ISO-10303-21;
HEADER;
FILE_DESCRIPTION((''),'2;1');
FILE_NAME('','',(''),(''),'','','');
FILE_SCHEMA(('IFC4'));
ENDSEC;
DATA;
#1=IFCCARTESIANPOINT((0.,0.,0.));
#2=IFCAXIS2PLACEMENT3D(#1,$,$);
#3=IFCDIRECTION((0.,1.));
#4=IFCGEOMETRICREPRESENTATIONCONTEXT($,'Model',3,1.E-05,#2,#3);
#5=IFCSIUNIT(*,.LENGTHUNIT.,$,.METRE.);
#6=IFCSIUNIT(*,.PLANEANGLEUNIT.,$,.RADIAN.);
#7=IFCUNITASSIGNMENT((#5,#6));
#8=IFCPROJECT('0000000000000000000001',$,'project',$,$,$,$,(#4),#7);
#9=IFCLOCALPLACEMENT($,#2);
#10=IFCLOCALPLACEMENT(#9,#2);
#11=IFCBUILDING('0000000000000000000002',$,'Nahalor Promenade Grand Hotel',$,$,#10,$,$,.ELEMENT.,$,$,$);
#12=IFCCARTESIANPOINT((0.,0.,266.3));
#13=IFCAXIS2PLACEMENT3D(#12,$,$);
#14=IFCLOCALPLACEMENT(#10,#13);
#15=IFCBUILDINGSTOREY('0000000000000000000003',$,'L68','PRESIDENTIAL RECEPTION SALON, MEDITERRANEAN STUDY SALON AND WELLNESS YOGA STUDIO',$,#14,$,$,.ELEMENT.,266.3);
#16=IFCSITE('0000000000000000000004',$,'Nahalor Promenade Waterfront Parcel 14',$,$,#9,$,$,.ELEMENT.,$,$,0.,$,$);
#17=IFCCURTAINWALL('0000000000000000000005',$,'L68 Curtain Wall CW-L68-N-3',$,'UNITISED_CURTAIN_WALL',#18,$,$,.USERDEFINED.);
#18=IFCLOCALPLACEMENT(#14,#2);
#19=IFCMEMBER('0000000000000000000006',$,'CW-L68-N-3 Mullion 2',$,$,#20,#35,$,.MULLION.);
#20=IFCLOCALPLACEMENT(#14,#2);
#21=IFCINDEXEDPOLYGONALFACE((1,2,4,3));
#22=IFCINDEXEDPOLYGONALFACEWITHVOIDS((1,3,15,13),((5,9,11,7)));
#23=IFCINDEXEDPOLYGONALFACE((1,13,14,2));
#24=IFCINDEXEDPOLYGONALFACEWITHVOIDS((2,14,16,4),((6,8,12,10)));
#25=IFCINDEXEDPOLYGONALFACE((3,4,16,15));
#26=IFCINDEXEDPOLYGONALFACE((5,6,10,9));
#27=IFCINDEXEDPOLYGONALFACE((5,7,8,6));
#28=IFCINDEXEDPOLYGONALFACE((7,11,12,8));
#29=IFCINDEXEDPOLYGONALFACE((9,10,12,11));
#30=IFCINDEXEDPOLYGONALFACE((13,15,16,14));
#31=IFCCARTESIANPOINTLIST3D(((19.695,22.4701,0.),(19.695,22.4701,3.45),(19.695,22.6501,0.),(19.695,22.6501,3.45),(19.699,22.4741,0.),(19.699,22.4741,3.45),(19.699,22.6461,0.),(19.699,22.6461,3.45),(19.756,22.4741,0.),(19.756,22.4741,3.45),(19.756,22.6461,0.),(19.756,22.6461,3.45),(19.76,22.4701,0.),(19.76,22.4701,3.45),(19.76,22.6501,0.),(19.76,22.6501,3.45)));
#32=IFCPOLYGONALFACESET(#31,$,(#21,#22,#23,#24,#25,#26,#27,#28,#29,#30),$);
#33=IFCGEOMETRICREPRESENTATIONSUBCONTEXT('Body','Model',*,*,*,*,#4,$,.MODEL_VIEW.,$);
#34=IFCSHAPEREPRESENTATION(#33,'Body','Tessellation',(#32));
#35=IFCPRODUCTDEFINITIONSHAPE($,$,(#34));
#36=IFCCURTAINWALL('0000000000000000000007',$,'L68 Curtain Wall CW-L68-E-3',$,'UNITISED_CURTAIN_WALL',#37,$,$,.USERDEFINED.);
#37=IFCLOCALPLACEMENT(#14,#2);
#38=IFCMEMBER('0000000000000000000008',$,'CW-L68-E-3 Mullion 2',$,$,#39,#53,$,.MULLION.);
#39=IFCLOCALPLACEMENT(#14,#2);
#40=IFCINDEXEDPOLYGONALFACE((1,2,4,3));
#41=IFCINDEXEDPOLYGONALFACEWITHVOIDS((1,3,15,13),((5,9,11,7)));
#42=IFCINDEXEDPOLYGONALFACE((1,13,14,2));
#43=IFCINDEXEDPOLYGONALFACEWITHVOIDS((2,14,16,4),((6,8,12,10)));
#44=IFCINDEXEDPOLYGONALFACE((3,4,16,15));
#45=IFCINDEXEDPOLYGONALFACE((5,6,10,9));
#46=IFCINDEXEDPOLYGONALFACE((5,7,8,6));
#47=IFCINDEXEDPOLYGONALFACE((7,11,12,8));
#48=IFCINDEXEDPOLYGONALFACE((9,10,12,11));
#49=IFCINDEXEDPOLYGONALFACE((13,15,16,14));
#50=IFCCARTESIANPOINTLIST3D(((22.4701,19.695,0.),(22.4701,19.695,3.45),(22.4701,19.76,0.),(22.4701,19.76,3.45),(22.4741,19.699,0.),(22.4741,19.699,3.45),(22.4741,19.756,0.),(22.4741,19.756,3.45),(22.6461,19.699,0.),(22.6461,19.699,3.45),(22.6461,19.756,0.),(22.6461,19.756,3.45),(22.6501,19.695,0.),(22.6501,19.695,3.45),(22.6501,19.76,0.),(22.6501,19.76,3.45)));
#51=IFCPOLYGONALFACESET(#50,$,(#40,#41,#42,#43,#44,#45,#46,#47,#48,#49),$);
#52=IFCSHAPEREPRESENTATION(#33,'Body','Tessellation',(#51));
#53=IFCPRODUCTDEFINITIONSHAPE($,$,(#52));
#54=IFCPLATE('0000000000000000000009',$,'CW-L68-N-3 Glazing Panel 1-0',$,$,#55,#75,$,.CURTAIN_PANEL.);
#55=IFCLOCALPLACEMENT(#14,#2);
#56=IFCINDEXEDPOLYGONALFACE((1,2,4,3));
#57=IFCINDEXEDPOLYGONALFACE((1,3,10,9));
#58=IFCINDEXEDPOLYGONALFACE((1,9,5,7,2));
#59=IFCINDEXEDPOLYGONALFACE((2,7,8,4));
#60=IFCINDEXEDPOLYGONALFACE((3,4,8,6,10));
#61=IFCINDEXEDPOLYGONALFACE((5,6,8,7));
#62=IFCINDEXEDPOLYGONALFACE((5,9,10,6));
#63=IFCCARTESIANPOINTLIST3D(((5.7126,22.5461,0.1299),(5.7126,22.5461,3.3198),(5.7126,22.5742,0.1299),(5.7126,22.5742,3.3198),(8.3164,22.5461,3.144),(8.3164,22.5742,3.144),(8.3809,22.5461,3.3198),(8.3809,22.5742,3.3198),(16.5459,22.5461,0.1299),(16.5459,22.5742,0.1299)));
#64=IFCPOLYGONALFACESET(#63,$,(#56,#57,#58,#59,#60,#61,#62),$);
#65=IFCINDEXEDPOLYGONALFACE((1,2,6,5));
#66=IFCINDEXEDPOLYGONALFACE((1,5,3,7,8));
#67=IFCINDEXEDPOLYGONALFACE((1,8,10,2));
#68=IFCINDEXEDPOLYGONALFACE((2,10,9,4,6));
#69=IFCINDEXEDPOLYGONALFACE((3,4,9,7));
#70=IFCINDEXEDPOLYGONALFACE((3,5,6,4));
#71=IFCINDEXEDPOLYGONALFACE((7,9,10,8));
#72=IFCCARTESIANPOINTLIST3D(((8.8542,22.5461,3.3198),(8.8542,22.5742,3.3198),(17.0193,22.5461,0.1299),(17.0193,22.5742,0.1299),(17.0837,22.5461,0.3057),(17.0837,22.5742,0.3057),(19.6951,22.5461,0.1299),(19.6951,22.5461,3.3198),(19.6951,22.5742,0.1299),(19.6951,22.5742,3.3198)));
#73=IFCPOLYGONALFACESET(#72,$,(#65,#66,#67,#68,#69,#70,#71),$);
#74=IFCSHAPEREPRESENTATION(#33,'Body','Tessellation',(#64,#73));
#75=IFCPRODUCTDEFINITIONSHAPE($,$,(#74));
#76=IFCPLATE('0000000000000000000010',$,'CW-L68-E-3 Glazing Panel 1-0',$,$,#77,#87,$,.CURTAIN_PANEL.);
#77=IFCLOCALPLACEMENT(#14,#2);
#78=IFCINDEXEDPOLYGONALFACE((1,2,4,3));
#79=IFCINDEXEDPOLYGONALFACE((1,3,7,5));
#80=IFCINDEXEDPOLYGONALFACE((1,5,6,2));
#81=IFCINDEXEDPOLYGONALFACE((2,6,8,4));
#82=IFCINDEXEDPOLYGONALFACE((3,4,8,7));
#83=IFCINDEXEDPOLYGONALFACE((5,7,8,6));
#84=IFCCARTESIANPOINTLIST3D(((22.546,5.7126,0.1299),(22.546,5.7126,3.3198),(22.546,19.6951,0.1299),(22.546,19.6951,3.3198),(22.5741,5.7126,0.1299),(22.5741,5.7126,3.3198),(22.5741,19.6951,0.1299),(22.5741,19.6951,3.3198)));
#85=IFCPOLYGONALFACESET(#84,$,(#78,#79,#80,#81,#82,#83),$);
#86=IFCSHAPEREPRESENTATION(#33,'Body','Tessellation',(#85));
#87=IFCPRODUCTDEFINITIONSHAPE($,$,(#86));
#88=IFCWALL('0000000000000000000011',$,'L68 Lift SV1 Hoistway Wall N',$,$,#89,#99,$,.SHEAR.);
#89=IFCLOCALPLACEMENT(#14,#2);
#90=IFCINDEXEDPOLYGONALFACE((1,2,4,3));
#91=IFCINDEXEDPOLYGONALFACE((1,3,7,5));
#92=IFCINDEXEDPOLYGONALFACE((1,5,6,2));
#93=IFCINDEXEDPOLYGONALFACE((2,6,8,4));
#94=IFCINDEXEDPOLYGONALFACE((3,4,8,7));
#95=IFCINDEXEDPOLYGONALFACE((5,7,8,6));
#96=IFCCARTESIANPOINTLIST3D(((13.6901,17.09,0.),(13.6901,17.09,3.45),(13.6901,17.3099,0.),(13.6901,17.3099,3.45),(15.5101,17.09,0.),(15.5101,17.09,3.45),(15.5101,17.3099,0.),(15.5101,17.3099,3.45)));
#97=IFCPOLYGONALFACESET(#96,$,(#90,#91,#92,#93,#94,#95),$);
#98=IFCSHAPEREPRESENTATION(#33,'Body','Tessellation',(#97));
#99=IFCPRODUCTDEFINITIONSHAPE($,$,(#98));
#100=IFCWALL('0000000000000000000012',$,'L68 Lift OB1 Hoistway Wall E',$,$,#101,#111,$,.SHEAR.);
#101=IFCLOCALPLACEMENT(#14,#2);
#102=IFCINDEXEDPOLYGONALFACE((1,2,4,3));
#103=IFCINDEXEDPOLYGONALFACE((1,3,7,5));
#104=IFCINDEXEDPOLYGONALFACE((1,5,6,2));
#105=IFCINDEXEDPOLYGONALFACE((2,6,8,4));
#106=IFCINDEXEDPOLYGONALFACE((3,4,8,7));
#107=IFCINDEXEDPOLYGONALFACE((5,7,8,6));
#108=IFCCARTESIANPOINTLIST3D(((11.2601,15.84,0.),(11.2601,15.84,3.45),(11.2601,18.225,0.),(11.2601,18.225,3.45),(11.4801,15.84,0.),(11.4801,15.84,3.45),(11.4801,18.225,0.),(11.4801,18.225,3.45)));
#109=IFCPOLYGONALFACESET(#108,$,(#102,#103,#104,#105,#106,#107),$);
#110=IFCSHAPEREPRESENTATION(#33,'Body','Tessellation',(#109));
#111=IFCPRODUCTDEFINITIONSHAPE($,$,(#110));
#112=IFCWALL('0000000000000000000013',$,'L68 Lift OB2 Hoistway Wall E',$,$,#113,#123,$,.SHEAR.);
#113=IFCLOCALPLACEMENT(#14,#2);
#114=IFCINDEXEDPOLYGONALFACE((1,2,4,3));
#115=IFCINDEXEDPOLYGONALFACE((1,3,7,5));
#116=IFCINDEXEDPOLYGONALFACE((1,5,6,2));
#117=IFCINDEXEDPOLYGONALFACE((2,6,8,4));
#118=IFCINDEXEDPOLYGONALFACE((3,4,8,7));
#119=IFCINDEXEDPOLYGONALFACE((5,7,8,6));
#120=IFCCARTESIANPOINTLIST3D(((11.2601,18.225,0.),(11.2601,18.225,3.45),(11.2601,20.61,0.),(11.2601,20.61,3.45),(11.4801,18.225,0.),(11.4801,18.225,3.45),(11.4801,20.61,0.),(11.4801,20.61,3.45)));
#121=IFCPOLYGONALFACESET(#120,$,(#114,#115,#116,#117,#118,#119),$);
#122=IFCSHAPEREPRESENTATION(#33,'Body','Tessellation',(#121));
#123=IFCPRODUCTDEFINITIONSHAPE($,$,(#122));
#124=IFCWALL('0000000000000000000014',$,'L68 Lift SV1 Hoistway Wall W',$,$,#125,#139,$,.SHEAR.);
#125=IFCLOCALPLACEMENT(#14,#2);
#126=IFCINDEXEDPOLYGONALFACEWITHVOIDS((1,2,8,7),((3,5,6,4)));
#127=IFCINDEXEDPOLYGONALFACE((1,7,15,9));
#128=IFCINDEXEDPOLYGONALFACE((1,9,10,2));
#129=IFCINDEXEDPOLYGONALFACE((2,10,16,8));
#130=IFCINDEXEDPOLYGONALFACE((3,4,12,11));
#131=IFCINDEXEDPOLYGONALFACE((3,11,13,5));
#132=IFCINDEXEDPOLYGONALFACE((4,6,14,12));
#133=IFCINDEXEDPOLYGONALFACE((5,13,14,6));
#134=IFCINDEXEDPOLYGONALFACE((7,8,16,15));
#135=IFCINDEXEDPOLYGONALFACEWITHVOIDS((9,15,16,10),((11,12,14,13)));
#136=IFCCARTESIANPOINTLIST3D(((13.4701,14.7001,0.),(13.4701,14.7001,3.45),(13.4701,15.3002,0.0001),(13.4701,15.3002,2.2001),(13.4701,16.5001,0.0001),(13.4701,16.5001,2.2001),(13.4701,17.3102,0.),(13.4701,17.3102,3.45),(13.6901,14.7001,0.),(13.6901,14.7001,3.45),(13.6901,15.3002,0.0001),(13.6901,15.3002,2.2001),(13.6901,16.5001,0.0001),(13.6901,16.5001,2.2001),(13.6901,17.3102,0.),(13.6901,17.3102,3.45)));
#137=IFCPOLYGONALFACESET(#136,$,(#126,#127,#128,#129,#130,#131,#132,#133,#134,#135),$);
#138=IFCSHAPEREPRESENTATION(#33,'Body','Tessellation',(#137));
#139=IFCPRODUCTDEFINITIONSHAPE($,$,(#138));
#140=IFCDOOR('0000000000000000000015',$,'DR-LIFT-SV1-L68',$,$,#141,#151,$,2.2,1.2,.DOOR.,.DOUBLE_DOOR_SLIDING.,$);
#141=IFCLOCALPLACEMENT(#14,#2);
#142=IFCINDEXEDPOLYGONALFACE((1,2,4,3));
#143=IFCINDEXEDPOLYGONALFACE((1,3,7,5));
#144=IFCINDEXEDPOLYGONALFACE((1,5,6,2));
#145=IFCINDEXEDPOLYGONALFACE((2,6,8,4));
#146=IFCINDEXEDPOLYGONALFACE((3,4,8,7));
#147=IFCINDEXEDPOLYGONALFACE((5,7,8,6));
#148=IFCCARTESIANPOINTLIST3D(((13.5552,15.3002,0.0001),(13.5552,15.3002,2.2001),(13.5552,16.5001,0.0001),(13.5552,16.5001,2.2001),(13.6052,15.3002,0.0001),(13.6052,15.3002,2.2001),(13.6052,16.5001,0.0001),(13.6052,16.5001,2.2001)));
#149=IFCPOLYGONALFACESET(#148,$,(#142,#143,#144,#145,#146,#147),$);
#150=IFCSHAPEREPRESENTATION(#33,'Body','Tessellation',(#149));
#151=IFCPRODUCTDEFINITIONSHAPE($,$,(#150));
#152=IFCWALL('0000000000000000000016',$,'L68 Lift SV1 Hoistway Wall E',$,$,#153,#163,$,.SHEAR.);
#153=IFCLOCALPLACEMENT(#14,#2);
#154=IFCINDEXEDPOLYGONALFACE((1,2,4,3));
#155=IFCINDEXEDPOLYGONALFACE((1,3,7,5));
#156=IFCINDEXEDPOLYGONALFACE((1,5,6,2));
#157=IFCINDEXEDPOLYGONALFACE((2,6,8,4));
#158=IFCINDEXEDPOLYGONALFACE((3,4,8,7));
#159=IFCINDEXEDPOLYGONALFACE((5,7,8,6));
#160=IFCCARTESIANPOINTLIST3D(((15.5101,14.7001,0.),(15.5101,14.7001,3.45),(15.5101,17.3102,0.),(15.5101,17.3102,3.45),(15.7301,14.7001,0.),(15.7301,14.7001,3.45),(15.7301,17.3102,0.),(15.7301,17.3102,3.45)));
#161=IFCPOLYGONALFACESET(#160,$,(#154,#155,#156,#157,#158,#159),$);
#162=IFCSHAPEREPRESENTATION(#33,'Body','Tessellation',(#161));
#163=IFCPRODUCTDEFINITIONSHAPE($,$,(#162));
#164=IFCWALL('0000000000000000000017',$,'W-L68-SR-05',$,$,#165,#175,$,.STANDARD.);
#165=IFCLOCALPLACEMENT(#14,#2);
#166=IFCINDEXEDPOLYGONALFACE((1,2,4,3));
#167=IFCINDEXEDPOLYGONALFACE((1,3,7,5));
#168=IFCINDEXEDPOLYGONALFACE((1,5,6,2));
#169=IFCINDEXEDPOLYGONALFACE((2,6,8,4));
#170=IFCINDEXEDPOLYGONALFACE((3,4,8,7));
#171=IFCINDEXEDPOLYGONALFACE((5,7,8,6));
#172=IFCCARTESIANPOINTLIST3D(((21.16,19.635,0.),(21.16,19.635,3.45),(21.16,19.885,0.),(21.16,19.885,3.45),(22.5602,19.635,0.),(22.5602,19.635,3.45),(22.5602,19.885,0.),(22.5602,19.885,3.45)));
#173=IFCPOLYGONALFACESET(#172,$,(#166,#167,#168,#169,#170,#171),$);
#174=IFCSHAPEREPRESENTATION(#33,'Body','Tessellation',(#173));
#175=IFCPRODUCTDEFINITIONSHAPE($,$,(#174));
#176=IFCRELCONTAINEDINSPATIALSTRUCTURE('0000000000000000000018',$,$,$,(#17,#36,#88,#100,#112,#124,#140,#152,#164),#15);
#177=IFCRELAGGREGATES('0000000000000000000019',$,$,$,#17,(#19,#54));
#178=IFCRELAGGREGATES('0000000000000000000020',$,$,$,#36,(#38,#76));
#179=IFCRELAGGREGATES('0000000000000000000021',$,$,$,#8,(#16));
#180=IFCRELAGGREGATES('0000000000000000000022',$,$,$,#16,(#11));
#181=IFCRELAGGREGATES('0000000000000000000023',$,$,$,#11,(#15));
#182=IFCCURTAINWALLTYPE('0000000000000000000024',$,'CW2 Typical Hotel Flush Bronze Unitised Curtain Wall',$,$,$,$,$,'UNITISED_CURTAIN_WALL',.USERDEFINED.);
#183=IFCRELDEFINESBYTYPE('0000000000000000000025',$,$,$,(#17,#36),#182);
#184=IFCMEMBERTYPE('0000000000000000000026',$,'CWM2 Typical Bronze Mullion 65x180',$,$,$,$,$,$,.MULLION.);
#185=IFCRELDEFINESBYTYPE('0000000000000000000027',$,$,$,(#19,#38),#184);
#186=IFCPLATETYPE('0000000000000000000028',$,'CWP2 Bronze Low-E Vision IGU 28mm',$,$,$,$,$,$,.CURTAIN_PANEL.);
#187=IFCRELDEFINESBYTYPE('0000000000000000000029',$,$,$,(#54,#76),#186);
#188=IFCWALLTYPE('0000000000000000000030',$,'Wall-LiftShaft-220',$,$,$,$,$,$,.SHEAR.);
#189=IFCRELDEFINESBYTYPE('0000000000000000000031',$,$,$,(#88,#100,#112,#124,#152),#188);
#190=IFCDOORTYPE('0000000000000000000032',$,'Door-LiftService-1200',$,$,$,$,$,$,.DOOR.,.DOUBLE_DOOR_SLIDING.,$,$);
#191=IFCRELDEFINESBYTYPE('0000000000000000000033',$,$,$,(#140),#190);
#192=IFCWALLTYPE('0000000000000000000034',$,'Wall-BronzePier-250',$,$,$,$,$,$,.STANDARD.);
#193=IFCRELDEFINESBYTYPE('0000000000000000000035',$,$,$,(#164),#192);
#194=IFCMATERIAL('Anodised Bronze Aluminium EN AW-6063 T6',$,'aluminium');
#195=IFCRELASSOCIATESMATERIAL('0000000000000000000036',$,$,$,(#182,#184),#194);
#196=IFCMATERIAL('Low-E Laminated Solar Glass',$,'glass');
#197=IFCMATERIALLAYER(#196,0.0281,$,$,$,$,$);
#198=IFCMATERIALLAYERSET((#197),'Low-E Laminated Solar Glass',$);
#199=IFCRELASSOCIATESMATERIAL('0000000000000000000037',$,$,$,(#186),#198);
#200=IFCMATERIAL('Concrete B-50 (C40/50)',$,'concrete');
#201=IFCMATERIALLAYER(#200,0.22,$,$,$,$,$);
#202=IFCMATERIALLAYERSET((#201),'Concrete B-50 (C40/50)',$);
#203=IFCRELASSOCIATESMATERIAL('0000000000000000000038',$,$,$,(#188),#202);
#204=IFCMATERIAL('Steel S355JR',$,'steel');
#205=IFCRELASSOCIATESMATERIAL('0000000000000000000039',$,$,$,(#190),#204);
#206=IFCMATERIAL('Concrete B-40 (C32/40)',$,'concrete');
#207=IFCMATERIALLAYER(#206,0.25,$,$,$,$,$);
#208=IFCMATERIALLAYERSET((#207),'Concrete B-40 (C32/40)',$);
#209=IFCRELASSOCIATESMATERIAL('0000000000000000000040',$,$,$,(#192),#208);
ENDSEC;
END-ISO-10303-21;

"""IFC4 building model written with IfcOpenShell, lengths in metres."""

from ifc_helpers import new_model, si_unit, direction, frame, frame_2d, origin, origin_2d, place, context, subcontext, project, spatial, polyline, rectangle, hollow_rectangle, outline, extrude, source, transform, mapped, material, layer, layer_set, material_profile, profile_set, type_object, element, fill, aggregate, save


model = new_model("IFC4")

# Units and contexts
model_context = context("Model", 3, precision=1e-05, world=origin(), true_north=direction((0.0, 1.0)))
body_context = subcontext(model_context, "Body", "Model", "MODEL_VIEW")
ifc_project = project(units=[si_unit("LENGTHUNIT", "METRE"), si_unit("PLANEANGLEUNIT", "RADIAN")], contexts=[model_context])

# Site, building, storey
site_placement = place(None, origin())
site = spatial("IfcSite", under=ifc_project, at=site_placement, Name="Nahalor Promenade Waterfront Parcel 14", CompositionType="ELEMENT", RefElevation=0.0)
building_placement = place(site_placement, origin())
building = spatial("IfcBuilding", under=site, at=building_placement, Name="Nahalor Promenade Grand Hotel", CompositionType="ELEMENT")
storey_placement = place(building_placement, frame((0.0, 0.0, 266.3)))
storey = spatial("IfcBuildingStorey", under=building, at=storey_placement, Name="L68", Description="PRESIDENTIAL RECEPTION SALON, MEDITERRANEAN STUDY SALON AND WELLNESS YOGA STUDIO", CompositionType="ELEMENT", Elevation=266.3)

# Shared definitions
ifc_material_1 = material(Name="Concrete B-50 (C40/50)", Category="concrete")
ifc_material_2 = material(Name="Steel S355JR", Category="steel")

# Curtain walls, members
ifc_material_3 = material(Name="Anodised Bronze Aluminium EN AW-6063 T6", Category="aluminium")
curtain_wall_type = type_object("IfcCurtainWallType", Name="CW2 Typical Hotel Flush Bronze Unitised Curtain Wall", ElementType="UNITISED_CURTAIN_WALL", PredefinedType="USERDEFINED", material=ifc_material_3)
curtain_wall_1_placement = place(storey_placement, origin())
curtain_wall_1 = element("IfcCurtainWall", 1, at=curtain_wall_1_placement, inside=storey, type_object=curtain_wall_type, Name="L68 Curtain Wall CW-L68-N-3", ObjectType="UNITISED_CURTAIN_WALL", PredefinedType="USERDEFINED")
ifc_material_profile_1 = material_profile(ifc_material_3, hollow_rectangle(XDim=0.065, YDim=0.18, WallThickness=0.004, at=origin_2d()), Name="CWM 65x180x4")
ifc_profile_set_1 = profile_set([ifc_material_profile_1], Name="Anodised Bronze Aluminium EN AW-6063 T6")
member_type_1 = type_object("IfcMemberType", Name="CWM2 Typical Bronze Mullion 65x180", PredefinedType="MULLION", material=ifc_profile_set_1)
shared_shape_1 = source(origin(), body_context, "Body", "SweptSolid", [
    extrude(hollow_rectangle(XDim=0.065, YDim=0.18, WallThickness=0.004, at=origin_2d()), origin(), (0.0, 0.0, 1.0), 3.45),
])
member_1_placement = place(storey_placement, frame((19.7275, 22.5601, 0.0), z_axis=(0.0, 0.0, 1.0), x_axis=(1.0, 0.0, 0.0)))
member_1 = element("IfcMember", 2, at=member_1_placement, type_object=member_type_1, Name="CW-L68-N-3 Mullion 2", PredefinedType="MULLION", context=body_context, shape_type="MappedRepresentation", body=[
    mapped(shared_shape_1, transform((0.0, 0.0, 0.0), scale=1.0)),
])
curtain_wall_2_placement = place(storey_placement, origin())
curtain_wall_2 = element("IfcCurtainWall", 3, at=curtain_wall_2_placement, inside=storey, type_object=curtain_wall_type, Name="L68 Curtain Wall CW-L68-E-3", ObjectType="UNITISED_CURTAIN_WALL", PredefinedType="USERDEFINED")
member_2_placement = place(storey_placement, frame((22.5601, 19.7275, 0.0), z_axis=(0.0, 0.0, 1.0), x_axis=(0.0, 1.0, 0.0)))
member_2 = element("IfcMember", 4, at=member_2_placement, type_object=member_type_1, Name="CW-L68-E-3 Mullion 2", PredefinedType="MULLION", context=body_context, shape_type="MappedRepresentation", body=[
    mapped(shared_shape_1, transform((0.0, 0.0, 0.0), scale=1.0)),
])

# Plates
ifc_material_4 = material(Name="Low-E Laminated Solar Glass", Category="glass")
ifc_layer_1 = layer(ifc_material_4, 0.0281)
ifc_layer_set_1 = layer_set([ifc_layer_1], Name="Low-E Laminated Solar Glass")
plate_type = type_object("IfcPlateType", Name="CWP2 Bronze Low-E Vision IGU 28mm", PredefinedType="CURTAIN_PANEL", material=ifc_layer_set_1)
plate_1_placement = place(storey_placement, frame((12.7039, 22.5601, 0.1299), z_axis=(0.0, 0.0, 1.0), x_axis=(1.0, 0.0, 0.0)))
plate_1 = element("IfcPlate", 5, at=plate_1_placement, type_object=plate_type, Name="CW-L68-N-3 Glazing Panel 1-0", PredefinedType="CURTAIN_PANEL", context=body_context, shape_type="SweptSolid", body=[
    extrude(outline(polyline([(-6.9912, 3.1899), (-6.9912, 0.0), (3.842, 0.0), (-4.3875, 3.0142), (-4.323, 3.1899), (-6.9912, 3.1899)])), frame((0.0, 0.0142, 0.0), z_axis=(0.0, -1.0, 0.0), x_axis=(1.0, 0.0, 0.0)), (0.0, 0.0, 1.0), 0.0281),
    extrude(outline(polyline([(6.9912, 0.0), (6.9912, 3.1899), (-3.8496, 3.1899), (4.3799, 0.1758), (4.3154, 0.0), (6.9912, 0.0)])), frame((0.0, 0.0142, 0.0), z_axis=(0.0, -1.0, 0.0), x_axis=(1.0, 0.0, 0.0)), (0.0, 0.0, 1.0), 0.0281),
])
aggregate(curtain_wall_1, [member_1, plate_1])
shared_shape_2 = source(origin(), body_context, "Body", "SweptSolid", [
    extrude(rectangle(XDim=13.9824, YDim=0.0281, at=origin_2d()), origin(), (0.0, 0.0, 1.0), 3.1899),
])
plate_2_placement = place(storey_placement, frame((22.5601, 12.7039, 0.1299), z_axis=(0.0, 0.0, 1.0), x_axis=(0.0, 1.0, 0.0)))
plate_2 = element("IfcPlate", 6, at=plate_2_placement, type_object=plate_type, Name="CW-L68-E-3 Glazing Panel 1-0", PredefinedType="CURTAIN_PANEL", context=body_context, shape_type="MappedRepresentation", body=[
    mapped(shared_shape_2, transform((0.0, 0.0, 0.0), scale=1.0)),
])
aggregate(curtain_wall_2, [member_2, plate_2])

# Walls
ifc_layer_2 = layer(ifc_material_1, 0.22)
ifc_layer_set_2 = layer_set([ifc_layer_2], Name="Concrete B-50 (C40/50)")
wall_type_1 = type_object("IfcWallType", Name="Wall-LiftShaft-220", PredefinedType="SHEAR", material=ifc_layer_set_2)
shared_shape_3 = source(origin(), body_context, "Body", "SweptSolid", [
    extrude(rectangle(XDim=1.8201, YDim=0.22, at=frame_2d((0.9102, 0.0))), origin(), (0.0, 0.0, 1.0), 3.45),
])
wall_1_placement = place(storey_placement, frame((13.6899, 17.2, 0.0), z_axis=(0.0, 0.0, 1.0), x_axis=(1.0, 0.0, 0.0)))
element("IfcWall", 7, at=wall_1_placement, inside=storey, type_object=wall_type_1, Name="L68 Lift SV1 Hoistway Wall N", PredefinedType="SHEAR", context=body_context, shape_type="MappedRepresentation", body=[
    mapped(shared_shape_3, transform((0.0, 0.0, 0.0), scale=1.0)),
])
shared_shape_4 = source(origin(), body_context, "Body", "SweptSolid", [
    extrude(rectangle(XDim=2.385, YDim=0.22, at=frame_2d((1.1924, 0.0))), origin(), (0.0, 0.0, 1.0), 3.45),
])
for number, where, z_axis, x_axis, name in (
    (8, (11.3701, 15.8401, 0.0), (0.0, 0.0, 1.0), (0.0, 1.0, 0.0), "L68 Lift OB1 Hoistway Wall E"),
    (9, (11.3701, 18.2251, 0.0), (0.0, 0.0, 1.0), (0.0, 1.0, 0.0), "L68 Lift OB2 Hoistway Wall E"),
):
    element("IfcWall", number, at=place(storey_placement, frame(where, z_axis=z_axis, x_axis=x_axis)), inside=storey, type_object=wall_type_1, Name=name, PredefinedType="SHEAR", context=body_context, shape_type="MappedRepresentation", body=[
        mapped(shared_shape_4, transform((0.0, 0.0, 0.0), scale=1.0)),
    ])

# Wall, opening, door
shared_shape_5 = source(origin(), body_context, "Body", "SweptSolid", [
    extrude(rectangle(XDim=2.6101, YDim=0.22, at=frame_2d((1.3052, 0.0))), origin(), (0.0, 0.0, 1.0), 3.45),
])
wall_2_placement = place(storey_placement, frame((13.5801, 14.7, 0.0), z_axis=(0.0, 0.0, 1.0), x_axis=(0.0, 1.0, 0.0)))
wall_2 = element("IfcWall", 10, at=wall_2_placement, inside=storey, type_object=wall_type_1, Name="L68 Lift SV1 Hoistway Wall W", PredefinedType="SHEAR", context=body_context, shape_type="MappedRepresentation", body=[
    mapped(shared_shape_5, transform((0.0, 0.0, 0.0), scale=1.0)),
])
opening_1_placement = place(wall_2_placement, frame((0.6001, 0.0, 0.0)))
opening_1 = element("IfcOpeningElement", 11, at=opening_1_placement, cuts=wall_2, PredefinedType="OPENING", context=body_context, shape_type="SweptSolid", body=[
    extrude(rectangle(XDim=1.2, YDim=2.2, at=frame_2d((0.6001, 1.1001))), frame((0.0, 0.1199, 0.0), z_axis=(0.0, -1.0, 0.0), x_axis=(1.0, 0.0, 0.0)), (0.0, 0.0, 1.0), 0.24),
])
door_type_1 = type_object("IfcDoorType", Name="Door-LiftService-1200", OperationType="DOUBLE_DOOR_SLIDING", PredefinedType="DOOR", material=ifc_material_2)
shared_shape_6 = source(origin(), body_context, "Body", "SweptSolid", [
    extrude(rectangle(XDim=1.2, YDim=2.2, at=frame_2d((0.6001, 1.1001))), frame((0.0, 0.0249, 0.0), z_axis=(0.0, -1.0, 0.0), x_axis=(1.0, 0.0, 0.0)), (0.0, 0.0, 1.0), 0.05),
])
door_1_placement = place(opening_1_placement, origin())
door_1 = element("IfcDoor", 12, at=door_1_placement, inside=storey, type_object=door_type_1, Name="DR-LIFT-SV1-L68", OperationType="DOUBLE_DOOR_SLIDING", OverallHeight=2.2, OverallWidth=1.2, PredefinedType="DOOR", context=body_context, shape_type="MappedRepresentation", body=[
    mapped(shared_shape_6, transform((0.0, 0.0, 0.0), scale=1.0)),
])
fill(opening_1, door_1)

# Walls
wall_3_placement = place(storey_placement, frame((15.6201, 14.7, 0.0), z_axis=(0.0, 0.0, 1.0), x_axis=(0.0, 1.0, 0.0)))
element("IfcWall", 13, at=wall_3_placement, inside=storey, type_object=wall_type_1, Name="L68 Lift SV1 Hoistway Wall E", PredefinedType="SHEAR", context=body_context, shape_type="MappedRepresentation", body=[
    mapped(shared_shape_5, transform((0.0, 0.0, 0.0), scale=1.0)),
])
ifc_material_5 = material(Name="Concrete B-40 (C32/40)", Category="concrete")
ifc_layer_3 = layer(ifc_material_5, 0.25)
ifc_layer_set_3 = layer_set([ifc_layer_3], Name="Concrete B-40 (C32/40)")
wall_type_2 = type_object("IfcWallType", Name="Wall-BronzePier-250", PredefinedType="STANDARD", material=ifc_layer_set_3)
shared_shape_7 = source(origin(), body_context, "Body", "SweptSolid", [
    extrude(rectangle(XDim=1.4001, YDim=0.25, at=frame_2d((0.7002, 0.0))), origin(), (0.0, 0.0, 1.0), 3.45),
])
for number, where, z_axis, x_axis, name in (
    (14, (21.1599, 19.76, 0.0), (0.0, 0.0, 1.0), (1.0, 0.0, 0.0), "W-L68-SR-05"),
):
    element("IfcWall", number, at=place(storey_placement, frame(where, z_axis=z_axis, x_axis=x_axis)), inside=storey, type_object=wall_type_2, Name=name, PredefinedType="STANDARD", context=body_context, shape_type="MappedRepresentation", body=[
        mapped(shared_shape_7, transform((0.0, 0.0, 0.0), scale=1.0)),
    ])

save(model, "model.ifc")
